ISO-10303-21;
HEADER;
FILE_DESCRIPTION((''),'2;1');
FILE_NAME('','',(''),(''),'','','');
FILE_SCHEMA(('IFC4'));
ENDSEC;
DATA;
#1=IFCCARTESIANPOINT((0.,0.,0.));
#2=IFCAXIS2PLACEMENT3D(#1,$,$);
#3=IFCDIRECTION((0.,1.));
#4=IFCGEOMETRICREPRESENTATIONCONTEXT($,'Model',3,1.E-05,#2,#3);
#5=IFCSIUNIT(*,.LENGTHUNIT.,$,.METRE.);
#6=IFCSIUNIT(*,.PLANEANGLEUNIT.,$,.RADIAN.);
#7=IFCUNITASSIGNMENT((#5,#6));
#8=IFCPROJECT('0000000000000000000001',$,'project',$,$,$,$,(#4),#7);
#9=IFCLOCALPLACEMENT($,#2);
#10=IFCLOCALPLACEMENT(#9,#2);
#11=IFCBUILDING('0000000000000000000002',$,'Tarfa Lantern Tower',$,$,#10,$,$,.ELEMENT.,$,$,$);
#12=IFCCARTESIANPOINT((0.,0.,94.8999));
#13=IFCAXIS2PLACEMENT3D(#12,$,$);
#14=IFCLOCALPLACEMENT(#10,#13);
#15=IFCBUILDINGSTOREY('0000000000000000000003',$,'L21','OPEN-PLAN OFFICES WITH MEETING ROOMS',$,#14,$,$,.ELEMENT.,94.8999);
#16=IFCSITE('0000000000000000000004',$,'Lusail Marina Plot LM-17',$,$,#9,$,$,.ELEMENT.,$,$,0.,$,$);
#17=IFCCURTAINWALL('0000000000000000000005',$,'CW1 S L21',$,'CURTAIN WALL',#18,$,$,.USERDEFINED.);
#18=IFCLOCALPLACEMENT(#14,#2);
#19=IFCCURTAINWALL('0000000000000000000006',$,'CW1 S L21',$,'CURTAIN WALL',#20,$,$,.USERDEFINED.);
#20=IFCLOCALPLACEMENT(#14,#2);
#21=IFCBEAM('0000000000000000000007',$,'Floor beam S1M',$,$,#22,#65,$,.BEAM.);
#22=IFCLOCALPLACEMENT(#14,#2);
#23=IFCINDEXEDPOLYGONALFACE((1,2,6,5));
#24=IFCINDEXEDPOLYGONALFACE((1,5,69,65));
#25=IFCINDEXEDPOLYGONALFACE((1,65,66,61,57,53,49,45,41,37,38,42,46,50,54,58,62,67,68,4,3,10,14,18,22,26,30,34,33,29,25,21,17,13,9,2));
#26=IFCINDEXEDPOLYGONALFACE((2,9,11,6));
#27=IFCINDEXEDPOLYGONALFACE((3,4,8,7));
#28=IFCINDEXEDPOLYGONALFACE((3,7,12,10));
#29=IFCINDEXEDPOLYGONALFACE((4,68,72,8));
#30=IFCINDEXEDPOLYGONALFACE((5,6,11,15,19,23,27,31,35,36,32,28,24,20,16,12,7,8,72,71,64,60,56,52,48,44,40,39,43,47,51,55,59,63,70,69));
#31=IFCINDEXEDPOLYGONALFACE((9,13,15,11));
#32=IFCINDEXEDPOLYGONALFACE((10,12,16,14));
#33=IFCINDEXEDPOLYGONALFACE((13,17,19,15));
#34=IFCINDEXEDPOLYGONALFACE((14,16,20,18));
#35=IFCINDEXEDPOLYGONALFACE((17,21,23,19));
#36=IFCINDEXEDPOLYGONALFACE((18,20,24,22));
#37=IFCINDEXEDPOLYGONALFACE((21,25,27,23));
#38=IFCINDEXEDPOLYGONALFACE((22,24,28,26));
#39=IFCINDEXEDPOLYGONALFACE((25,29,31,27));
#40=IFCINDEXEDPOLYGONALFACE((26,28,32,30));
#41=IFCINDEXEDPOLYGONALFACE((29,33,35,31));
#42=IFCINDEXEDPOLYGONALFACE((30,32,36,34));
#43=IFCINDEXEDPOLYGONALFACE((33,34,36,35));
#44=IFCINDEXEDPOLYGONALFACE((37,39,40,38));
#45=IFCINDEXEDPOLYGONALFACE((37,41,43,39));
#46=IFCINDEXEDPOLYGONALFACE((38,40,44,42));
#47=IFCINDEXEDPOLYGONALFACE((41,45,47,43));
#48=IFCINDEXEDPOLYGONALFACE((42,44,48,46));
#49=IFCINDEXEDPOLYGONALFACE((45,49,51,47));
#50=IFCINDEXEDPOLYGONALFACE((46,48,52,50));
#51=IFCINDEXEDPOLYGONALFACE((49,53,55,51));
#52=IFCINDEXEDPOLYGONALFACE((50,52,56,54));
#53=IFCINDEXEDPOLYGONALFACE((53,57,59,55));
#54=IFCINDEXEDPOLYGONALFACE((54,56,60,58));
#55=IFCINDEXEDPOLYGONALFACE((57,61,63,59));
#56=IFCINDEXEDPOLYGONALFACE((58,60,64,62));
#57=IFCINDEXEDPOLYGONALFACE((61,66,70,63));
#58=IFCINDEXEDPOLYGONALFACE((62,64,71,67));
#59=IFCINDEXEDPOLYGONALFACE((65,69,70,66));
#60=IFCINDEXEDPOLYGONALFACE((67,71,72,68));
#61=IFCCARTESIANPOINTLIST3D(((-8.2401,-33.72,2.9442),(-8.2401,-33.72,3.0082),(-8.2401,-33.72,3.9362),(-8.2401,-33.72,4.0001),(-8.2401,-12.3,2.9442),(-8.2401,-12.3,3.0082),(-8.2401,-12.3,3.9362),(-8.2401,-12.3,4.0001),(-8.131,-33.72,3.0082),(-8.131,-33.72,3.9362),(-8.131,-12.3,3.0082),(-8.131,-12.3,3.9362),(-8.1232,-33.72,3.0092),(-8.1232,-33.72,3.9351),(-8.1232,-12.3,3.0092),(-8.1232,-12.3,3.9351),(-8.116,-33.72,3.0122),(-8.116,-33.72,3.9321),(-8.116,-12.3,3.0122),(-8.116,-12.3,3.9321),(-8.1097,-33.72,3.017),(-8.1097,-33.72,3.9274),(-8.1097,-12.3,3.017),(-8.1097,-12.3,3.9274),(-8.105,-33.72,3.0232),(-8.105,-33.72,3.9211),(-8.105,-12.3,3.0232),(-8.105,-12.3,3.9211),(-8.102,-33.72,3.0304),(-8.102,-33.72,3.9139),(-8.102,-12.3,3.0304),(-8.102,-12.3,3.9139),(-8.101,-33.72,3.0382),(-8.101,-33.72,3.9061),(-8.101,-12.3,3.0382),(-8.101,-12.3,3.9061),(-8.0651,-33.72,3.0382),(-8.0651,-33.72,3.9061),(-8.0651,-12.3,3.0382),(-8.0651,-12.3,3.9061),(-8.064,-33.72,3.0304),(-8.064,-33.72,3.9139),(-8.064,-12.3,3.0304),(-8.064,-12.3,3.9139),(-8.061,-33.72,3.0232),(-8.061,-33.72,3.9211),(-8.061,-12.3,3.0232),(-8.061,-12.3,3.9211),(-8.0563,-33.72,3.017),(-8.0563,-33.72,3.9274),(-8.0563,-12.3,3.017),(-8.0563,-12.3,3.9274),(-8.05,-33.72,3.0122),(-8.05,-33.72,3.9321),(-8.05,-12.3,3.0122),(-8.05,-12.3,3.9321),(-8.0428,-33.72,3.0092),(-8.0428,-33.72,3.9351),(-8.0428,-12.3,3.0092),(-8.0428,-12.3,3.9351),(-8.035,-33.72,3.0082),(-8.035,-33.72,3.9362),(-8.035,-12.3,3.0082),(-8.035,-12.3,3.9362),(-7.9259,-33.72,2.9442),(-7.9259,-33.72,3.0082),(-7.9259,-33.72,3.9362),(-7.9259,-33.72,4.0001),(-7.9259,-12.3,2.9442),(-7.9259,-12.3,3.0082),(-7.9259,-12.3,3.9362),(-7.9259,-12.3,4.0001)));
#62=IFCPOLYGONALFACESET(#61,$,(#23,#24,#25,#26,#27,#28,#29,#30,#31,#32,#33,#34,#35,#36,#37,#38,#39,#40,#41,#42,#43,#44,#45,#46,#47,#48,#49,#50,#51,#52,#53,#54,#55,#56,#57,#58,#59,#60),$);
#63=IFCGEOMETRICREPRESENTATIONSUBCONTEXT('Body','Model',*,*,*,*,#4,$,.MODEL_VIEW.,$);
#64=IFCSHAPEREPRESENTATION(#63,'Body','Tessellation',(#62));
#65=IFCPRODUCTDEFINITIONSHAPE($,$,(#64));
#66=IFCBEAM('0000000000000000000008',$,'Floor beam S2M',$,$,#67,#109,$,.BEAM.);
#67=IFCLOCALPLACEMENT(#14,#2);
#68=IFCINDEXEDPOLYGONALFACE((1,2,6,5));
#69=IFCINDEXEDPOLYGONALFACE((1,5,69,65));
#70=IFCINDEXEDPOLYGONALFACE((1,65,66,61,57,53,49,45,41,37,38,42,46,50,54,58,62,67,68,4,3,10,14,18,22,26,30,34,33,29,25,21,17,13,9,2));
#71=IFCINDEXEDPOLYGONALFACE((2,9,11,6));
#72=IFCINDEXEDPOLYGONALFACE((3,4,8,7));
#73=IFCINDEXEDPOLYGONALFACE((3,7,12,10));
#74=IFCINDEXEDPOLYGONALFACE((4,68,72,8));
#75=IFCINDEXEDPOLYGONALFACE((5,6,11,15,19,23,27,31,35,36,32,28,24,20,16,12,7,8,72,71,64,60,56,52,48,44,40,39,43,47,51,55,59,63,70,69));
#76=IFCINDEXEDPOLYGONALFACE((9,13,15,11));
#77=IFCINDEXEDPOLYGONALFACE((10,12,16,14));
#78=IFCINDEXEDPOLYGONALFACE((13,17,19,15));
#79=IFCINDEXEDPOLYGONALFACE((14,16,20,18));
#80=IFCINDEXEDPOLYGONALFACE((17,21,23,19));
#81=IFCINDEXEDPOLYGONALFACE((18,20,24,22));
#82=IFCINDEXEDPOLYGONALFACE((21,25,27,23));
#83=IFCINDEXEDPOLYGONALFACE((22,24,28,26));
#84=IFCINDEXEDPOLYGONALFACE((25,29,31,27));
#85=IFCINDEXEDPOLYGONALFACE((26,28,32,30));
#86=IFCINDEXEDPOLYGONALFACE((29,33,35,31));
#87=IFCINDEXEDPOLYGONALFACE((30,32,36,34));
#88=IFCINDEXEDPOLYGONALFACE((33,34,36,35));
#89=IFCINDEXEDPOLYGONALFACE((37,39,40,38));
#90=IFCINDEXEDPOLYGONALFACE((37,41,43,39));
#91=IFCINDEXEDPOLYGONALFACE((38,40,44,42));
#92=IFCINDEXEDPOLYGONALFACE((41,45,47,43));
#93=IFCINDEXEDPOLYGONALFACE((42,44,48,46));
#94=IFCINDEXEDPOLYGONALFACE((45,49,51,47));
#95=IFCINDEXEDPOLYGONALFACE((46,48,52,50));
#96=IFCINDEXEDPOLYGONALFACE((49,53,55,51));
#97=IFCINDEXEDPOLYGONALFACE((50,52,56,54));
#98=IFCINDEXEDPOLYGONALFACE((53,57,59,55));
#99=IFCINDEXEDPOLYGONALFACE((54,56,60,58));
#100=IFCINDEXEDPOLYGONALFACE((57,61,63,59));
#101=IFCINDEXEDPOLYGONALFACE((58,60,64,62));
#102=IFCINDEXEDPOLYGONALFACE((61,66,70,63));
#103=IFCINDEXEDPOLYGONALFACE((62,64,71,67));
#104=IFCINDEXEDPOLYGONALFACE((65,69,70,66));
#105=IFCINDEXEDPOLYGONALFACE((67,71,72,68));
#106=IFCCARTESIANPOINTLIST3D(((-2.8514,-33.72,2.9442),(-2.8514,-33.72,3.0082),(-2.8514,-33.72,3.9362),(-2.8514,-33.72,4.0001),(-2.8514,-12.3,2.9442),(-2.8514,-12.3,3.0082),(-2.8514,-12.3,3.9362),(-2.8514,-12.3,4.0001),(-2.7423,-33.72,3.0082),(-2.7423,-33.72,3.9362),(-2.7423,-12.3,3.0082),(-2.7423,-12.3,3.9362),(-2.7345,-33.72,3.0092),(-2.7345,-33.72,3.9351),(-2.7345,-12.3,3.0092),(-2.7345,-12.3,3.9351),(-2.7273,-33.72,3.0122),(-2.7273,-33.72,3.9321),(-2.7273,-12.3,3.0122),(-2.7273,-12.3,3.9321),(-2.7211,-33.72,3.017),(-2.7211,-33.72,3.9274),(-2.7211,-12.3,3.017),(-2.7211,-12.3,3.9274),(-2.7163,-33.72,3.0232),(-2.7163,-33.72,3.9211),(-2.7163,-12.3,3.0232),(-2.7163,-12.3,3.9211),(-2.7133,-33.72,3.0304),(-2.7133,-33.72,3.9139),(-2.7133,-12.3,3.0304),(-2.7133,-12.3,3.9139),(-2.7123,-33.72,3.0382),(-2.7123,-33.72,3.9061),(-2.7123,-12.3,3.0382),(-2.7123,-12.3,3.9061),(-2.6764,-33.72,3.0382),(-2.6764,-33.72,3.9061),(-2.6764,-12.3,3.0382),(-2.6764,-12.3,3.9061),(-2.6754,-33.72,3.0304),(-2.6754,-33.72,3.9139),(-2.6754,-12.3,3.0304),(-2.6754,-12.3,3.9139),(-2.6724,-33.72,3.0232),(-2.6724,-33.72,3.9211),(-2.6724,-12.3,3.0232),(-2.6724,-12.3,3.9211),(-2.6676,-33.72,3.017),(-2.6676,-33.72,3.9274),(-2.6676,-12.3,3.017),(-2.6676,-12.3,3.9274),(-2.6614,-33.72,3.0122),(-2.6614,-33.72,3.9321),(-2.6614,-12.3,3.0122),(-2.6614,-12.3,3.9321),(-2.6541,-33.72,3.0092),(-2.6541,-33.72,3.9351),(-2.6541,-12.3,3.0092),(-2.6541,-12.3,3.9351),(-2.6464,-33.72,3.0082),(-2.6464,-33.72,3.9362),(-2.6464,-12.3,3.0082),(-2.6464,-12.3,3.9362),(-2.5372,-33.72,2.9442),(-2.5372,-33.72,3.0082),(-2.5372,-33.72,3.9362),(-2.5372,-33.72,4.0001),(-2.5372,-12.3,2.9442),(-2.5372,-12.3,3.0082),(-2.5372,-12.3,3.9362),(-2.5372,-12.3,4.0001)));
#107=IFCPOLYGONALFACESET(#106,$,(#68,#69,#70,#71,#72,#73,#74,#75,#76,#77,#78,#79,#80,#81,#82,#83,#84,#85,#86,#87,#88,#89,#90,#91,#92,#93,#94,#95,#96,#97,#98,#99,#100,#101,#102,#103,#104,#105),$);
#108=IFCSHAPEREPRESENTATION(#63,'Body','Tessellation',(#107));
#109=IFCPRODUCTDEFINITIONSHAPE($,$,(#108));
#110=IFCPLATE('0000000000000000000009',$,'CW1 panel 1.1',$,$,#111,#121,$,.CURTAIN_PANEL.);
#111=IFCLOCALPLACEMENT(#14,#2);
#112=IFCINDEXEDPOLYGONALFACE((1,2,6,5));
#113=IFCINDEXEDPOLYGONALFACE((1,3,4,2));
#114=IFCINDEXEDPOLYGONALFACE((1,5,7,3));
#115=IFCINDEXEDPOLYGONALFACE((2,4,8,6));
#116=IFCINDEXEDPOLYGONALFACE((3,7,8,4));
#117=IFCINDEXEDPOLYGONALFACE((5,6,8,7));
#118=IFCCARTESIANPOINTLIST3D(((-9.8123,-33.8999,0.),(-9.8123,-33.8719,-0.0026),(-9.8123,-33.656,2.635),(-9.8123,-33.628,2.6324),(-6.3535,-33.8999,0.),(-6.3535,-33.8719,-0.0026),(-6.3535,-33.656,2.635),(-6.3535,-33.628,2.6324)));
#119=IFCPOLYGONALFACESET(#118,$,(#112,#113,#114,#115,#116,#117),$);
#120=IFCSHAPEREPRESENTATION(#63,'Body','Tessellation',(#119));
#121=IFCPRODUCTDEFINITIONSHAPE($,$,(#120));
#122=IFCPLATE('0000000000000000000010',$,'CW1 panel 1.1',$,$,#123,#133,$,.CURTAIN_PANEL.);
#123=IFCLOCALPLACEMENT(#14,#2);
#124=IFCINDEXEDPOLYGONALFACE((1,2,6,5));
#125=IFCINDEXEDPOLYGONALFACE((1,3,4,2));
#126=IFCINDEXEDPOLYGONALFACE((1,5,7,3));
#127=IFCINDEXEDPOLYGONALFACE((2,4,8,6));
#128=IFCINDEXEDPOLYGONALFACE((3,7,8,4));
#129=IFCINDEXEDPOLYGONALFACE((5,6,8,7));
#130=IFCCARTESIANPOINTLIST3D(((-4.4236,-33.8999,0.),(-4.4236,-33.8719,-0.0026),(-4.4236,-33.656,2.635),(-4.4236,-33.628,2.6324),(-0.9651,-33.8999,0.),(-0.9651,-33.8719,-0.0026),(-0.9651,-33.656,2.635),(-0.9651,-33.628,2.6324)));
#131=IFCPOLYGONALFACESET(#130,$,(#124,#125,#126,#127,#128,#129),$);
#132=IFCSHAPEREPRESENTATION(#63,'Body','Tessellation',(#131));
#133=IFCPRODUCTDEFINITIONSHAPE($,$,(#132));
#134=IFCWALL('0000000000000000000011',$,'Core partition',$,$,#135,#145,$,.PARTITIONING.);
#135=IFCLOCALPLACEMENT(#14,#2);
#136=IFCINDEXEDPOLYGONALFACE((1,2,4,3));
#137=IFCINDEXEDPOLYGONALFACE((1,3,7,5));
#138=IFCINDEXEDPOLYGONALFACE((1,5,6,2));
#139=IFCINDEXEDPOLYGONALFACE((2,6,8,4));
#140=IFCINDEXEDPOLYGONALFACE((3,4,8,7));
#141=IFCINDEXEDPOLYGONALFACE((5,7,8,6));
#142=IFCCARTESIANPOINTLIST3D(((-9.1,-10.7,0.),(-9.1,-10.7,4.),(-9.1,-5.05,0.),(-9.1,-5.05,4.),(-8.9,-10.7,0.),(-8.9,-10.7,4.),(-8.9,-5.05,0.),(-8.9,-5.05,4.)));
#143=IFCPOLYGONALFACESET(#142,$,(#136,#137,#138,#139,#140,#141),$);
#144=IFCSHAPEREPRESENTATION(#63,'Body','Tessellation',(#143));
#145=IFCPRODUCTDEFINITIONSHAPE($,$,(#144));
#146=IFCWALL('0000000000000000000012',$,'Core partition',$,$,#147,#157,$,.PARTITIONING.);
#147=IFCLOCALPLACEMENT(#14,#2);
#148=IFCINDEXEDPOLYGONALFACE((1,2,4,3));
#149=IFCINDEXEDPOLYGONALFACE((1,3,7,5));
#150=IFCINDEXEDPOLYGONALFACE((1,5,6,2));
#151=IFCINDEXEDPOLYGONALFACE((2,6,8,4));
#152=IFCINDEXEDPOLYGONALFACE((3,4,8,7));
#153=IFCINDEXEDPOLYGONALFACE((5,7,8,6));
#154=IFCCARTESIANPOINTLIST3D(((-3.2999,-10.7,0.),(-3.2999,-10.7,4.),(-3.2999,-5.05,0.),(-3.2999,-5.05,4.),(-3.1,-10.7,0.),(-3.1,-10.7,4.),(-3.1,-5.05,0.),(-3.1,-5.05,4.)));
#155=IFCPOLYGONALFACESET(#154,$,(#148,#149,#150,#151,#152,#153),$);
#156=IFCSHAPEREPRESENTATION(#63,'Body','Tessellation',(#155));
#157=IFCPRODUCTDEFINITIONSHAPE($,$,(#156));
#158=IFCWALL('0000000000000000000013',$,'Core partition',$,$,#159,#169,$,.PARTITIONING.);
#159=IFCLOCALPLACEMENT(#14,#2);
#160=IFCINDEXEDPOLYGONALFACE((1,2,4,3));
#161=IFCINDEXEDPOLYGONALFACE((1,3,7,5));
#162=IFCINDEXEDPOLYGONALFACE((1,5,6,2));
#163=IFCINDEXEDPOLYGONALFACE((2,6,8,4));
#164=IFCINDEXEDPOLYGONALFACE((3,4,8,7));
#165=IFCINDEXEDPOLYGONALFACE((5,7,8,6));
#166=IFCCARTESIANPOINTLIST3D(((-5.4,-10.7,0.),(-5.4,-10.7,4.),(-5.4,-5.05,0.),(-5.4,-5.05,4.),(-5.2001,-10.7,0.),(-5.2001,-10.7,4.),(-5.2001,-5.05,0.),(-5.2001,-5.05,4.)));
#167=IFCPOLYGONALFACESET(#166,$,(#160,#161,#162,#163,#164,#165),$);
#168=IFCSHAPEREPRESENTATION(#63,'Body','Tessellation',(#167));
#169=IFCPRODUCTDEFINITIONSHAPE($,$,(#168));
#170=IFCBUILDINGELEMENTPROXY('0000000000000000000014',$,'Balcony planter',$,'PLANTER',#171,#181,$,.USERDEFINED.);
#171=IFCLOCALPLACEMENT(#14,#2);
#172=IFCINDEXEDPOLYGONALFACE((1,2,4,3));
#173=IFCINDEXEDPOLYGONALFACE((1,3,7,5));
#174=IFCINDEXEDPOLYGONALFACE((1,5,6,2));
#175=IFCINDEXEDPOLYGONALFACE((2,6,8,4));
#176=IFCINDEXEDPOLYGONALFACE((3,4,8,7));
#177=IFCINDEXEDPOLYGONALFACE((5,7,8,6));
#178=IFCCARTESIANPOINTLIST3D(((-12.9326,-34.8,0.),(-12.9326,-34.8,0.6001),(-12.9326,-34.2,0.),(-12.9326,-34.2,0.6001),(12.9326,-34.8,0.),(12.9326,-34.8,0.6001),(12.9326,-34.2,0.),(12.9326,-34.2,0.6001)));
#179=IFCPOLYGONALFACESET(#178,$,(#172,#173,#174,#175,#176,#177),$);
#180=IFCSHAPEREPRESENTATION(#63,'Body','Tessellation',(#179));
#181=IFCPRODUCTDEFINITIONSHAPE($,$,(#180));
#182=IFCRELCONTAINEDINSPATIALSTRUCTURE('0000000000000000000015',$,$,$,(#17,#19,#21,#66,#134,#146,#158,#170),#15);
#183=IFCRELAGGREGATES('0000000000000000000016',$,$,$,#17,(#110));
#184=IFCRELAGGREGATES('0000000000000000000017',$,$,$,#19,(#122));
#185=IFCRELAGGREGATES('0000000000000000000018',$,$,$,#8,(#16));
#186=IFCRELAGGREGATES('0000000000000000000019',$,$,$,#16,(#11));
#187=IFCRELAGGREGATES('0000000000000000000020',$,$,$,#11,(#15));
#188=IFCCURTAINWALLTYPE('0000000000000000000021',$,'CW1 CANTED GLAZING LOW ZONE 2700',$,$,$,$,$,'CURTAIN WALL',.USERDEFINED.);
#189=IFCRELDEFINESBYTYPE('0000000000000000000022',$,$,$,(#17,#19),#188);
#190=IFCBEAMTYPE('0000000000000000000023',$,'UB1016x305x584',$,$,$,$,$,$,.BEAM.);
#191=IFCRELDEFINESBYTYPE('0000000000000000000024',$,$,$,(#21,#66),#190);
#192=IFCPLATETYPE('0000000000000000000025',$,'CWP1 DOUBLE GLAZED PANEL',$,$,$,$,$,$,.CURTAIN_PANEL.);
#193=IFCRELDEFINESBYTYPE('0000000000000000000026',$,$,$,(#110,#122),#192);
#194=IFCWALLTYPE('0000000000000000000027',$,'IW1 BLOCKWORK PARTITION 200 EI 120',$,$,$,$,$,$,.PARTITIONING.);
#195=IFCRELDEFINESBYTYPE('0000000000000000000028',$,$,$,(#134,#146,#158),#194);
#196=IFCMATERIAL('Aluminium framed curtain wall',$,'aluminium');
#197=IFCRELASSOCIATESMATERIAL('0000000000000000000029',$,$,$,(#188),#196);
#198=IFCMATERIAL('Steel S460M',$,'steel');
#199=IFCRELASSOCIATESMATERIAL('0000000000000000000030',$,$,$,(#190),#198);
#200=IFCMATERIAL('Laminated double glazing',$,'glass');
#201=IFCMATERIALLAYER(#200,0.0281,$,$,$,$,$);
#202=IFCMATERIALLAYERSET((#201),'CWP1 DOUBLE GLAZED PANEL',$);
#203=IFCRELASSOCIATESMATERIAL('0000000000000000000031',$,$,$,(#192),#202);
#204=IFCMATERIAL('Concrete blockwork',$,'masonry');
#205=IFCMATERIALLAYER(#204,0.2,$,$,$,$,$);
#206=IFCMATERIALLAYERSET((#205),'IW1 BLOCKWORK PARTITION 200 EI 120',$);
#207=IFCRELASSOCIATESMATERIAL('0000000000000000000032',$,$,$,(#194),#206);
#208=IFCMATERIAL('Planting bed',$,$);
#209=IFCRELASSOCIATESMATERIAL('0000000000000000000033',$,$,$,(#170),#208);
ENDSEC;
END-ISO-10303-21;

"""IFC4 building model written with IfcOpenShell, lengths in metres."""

from ifc_helpers import new_model, si_unit, direction, frame, frame_2d, origin, origin_2d, place, context, subcontext, project, spatial, polyline, rectangle, i_section, outline, extrude, material, layer, layer_set, material_profile, profile_set, type_object, element, aggregate, save


model = new_model("IFC4")

# Units and contexts
model_context = context("Model", 3, precision=1e-05, world=origin(), true_north=direction((0.0, 1.0)))
body_context = subcontext(model_context, "Body", "Model", "MODEL_VIEW")
ifc_project = project(units=[si_unit("LENGTHUNIT", "METRE"), si_unit("PLANEANGLEUNIT", "RADIAN")], contexts=[model_context])

# Site, building, storey
site_placement = place(None, origin())
site = spatial("IfcSite", under=ifc_project, at=site_placement, Name="Lusail Marina Plot LM-17", CompositionType="ELEMENT", RefElevation=0.0)
building_placement = place(site_placement, origin())
building = spatial("IfcBuilding", under=site, at=building_placement, Name="Tarfa Lantern Tower", CompositionType="ELEMENT")
storey_placement = place(building_placement, frame((0.0, 0.0, 94.8999)))
storey = spatial("IfcBuildingStorey", under=building, at=storey_placement, Name="L21", Description="OPEN-PLAN OFFICES WITH MEETING ROOMS", CompositionType="ELEMENT", Elevation=94.8999)

# Curtain walls
ifc_material_1 = material(Name="Aluminium framed curtain wall", Category="aluminium")
curtain_wall_type = type_object("IfcCurtainWallType", Name="CW1 CANTED GLAZING LOW ZONE 2700", ElementType="CURTAIN WALL", PredefinedType="USERDEFINED", material=ifc_material_1)
curtain_wall_1_placement = place(storey_placement, origin())
curtain_wall_1 = element("IfcCurtainWall", 1, at=curtain_wall_1_placement, inside=storey, type_object=curtain_wall_type, Name="CW1 S L21", ObjectType="CURTAIN WALL", PredefinedType="USERDEFINED")
curtain_wall_2_placement = place(storey_placement, origin())
curtain_wall_2 = element("IfcCurtainWall", 2, at=curtain_wall_2_placement, inside=storey, type_object=curtain_wall_type, Name="CW1 S L21", ObjectType="CURTAIN WALL", PredefinedType="USERDEFINED")

# Beams
ifc_material_2 = material(Name="Steel S460M", Category="steel")
ifc_material_profile_1 = material_profile(ifc_material_2, i_section(OverallWidth=0.3142, OverallDepth=1.0559, WebThickness=0.0359, FlangeThickness=0.064, FilletRadius=0.03, at=origin_2d()), Name="UB1016x305x584")
ifc_profile_set_1 = profile_set([ifc_material_profile_1], Name="Steel S460M")
beam_type_1 = type_object("IfcBeamType", Name="UB1016x305x584", PredefinedType="BEAM", material=ifc_profile_set_1)
for number, where, z_axis, x_axis, name in (
    (3, (-8.083, -33.72, 3.4722), (0.0, 1.0, 0.0), (-1.0, 0.0, 0.0), "Floor beam S1M"),
    (4, (-2.6943, -33.72, 3.4722), (0.0, 1.0, 0.0), (-1.0, 0.0, 0.0), "Floor beam S2M"),
):
    element("IfcBeam", number, at=place(storey_placement, frame(where, z_axis=z_axis, x_axis=x_axis)), inside=storey, type_object=beam_type_1, Name=name, PredefinedType="BEAM", context=body_context, shape_type="SweptSolid", body=[
        extrude(i_section(OverallWidth=0.3142, OverallDepth=1.0559, WebThickness=0.0359, FlangeThickness=0.064, FilletRadius=0.03, at=origin_2d()), origin(), (0.0, 0.0, 1.0), 21.4199),
    ])

# Plates
ifc_material_3 = material(Name="Laminated double glazing", Category="glass")
ifc_layer_1 = layer(ifc_material_3, 0.0281)
ifc_layer_set_1 = layer_set([ifc_layer_1], Name="CWP1 DOUBLE GLAZED PANEL")
plate_type = type_object("IfcPlateType", Name="CWP1 DOUBLE GLAZED PANEL", PredefinedType="CURTAIN_PANEL", material=ifc_layer_set_1)
plate_1_placement = place(storey_placement, frame((-9.8123, -33.8999, 0.0), z_axis=(0.0, -0.995744, 0.092166), x_axis=(1.0, 0.0, 0.0)))
plate_1 = element("IfcPlate", 5, at=plate_1_placement, type_object=plate_type, Name="CW1 panel 1.1", PredefinedType="CURTAIN_PANEL", context=body_context, shape_type="SweptSolid", body=[
    extrude(outline(polyline([(0.0, 0.0), (3.4587, 0.0), (3.4587, 2.6463), (0.0, 2.6463), (0.0, 0.0)])), origin(), (0.0, 0.0, -1.0), 0.0281),
])
aggregate(curtain_wall_1, [plate_1])
plate_2_placement = place(storey_placement, frame((-4.4236, -33.8999, 0.0), z_axis=(0.0, -0.995744, 0.092166), x_axis=(1.0, 0.0, 0.0)))
plate_2 = element("IfcPlate", 6, at=plate_2_placement, type_object=plate_type, Name="CW1 panel 1.1", PredefinedType="CURTAIN_PANEL", context=body_context, shape_type="SweptSolid", body=[
    extrude(outline(polyline([(0.0, 0.0), (3.4585, 0.0), (3.4585, 2.6463), (0.0, 2.6463), (0.0, 0.0)])), origin(), (0.0, 0.0, -1.0), 0.0281),
])
aggregate(curtain_wall_2, [plate_2])

# Walls
ifc_material_4 = material(Name="Concrete blockwork", Category="masonry")
ifc_layer_2 = layer(ifc_material_4, 0.2)
ifc_layer_set_2 = layer_set([ifc_layer_2], Name="IW1 BLOCKWORK PARTITION 200 EI 120")
wall_type = type_object("IfcWallType", Name="IW1 BLOCKWORK PARTITION 200 EI 120", PredefinedType="PARTITIONING", material=ifc_layer_set_2)
for number, where, z_axis, x_axis, name in (
    (7, (-9.0, -5.05, 0.0), (0.0, 0.0, 1.0), (0.0, -1.0, 0.0), "Core partition"),
    (8, (-3.2, -5.05, 0.0), (0.0, 0.0, 1.0), (0.0, -1.0, 0.0), "Core partition"),
    (9, (-5.3, -5.05, 0.0), (0.0, 0.0, 1.0), (0.0, -1.0, 0.0), "Core partition"),
):
    element("IfcWall", number, at=place(storey_placement, frame(where, z_axis=z_axis, x_axis=x_axis)), inside=storey, type_object=wall_type, Name=name, PredefinedType="PARTITIONING", context=body_context, shape_type="SweptSolid", body=[
        extrude(rectangle(XDim=5.6499, YDim=0.2, at=frame_2d((2.825, 0.0))), origin(), (0.0, 0.0, 1.0), 4.0),
    ])

# Building element proxy
ifc_material_5 = material(Name="Planting bed")
proxy_placement = place(storey_placement, frame((0.0, -34.5, 0.0), z_axis=(0.0, 0.0, 1.0), x_axis=(1.0, 0.0, 0.0)))
element("IfcBuildingElementProxy", 10, at=proxy_placement, inside=storey, material=ifc_material_5, Name="Balcony planter", ObjectType="PLANTER", PredefinedType="USERDEFINED", context=body_context, shape_type="SweptSolid", body=[
    extrude(rectangle(XDim=25.8652, YDim=0.6001, at=origin_2d()), origin(), (0.0, 0.0, 1.0), 0.6001),
])

save(model, "model.ifc")
